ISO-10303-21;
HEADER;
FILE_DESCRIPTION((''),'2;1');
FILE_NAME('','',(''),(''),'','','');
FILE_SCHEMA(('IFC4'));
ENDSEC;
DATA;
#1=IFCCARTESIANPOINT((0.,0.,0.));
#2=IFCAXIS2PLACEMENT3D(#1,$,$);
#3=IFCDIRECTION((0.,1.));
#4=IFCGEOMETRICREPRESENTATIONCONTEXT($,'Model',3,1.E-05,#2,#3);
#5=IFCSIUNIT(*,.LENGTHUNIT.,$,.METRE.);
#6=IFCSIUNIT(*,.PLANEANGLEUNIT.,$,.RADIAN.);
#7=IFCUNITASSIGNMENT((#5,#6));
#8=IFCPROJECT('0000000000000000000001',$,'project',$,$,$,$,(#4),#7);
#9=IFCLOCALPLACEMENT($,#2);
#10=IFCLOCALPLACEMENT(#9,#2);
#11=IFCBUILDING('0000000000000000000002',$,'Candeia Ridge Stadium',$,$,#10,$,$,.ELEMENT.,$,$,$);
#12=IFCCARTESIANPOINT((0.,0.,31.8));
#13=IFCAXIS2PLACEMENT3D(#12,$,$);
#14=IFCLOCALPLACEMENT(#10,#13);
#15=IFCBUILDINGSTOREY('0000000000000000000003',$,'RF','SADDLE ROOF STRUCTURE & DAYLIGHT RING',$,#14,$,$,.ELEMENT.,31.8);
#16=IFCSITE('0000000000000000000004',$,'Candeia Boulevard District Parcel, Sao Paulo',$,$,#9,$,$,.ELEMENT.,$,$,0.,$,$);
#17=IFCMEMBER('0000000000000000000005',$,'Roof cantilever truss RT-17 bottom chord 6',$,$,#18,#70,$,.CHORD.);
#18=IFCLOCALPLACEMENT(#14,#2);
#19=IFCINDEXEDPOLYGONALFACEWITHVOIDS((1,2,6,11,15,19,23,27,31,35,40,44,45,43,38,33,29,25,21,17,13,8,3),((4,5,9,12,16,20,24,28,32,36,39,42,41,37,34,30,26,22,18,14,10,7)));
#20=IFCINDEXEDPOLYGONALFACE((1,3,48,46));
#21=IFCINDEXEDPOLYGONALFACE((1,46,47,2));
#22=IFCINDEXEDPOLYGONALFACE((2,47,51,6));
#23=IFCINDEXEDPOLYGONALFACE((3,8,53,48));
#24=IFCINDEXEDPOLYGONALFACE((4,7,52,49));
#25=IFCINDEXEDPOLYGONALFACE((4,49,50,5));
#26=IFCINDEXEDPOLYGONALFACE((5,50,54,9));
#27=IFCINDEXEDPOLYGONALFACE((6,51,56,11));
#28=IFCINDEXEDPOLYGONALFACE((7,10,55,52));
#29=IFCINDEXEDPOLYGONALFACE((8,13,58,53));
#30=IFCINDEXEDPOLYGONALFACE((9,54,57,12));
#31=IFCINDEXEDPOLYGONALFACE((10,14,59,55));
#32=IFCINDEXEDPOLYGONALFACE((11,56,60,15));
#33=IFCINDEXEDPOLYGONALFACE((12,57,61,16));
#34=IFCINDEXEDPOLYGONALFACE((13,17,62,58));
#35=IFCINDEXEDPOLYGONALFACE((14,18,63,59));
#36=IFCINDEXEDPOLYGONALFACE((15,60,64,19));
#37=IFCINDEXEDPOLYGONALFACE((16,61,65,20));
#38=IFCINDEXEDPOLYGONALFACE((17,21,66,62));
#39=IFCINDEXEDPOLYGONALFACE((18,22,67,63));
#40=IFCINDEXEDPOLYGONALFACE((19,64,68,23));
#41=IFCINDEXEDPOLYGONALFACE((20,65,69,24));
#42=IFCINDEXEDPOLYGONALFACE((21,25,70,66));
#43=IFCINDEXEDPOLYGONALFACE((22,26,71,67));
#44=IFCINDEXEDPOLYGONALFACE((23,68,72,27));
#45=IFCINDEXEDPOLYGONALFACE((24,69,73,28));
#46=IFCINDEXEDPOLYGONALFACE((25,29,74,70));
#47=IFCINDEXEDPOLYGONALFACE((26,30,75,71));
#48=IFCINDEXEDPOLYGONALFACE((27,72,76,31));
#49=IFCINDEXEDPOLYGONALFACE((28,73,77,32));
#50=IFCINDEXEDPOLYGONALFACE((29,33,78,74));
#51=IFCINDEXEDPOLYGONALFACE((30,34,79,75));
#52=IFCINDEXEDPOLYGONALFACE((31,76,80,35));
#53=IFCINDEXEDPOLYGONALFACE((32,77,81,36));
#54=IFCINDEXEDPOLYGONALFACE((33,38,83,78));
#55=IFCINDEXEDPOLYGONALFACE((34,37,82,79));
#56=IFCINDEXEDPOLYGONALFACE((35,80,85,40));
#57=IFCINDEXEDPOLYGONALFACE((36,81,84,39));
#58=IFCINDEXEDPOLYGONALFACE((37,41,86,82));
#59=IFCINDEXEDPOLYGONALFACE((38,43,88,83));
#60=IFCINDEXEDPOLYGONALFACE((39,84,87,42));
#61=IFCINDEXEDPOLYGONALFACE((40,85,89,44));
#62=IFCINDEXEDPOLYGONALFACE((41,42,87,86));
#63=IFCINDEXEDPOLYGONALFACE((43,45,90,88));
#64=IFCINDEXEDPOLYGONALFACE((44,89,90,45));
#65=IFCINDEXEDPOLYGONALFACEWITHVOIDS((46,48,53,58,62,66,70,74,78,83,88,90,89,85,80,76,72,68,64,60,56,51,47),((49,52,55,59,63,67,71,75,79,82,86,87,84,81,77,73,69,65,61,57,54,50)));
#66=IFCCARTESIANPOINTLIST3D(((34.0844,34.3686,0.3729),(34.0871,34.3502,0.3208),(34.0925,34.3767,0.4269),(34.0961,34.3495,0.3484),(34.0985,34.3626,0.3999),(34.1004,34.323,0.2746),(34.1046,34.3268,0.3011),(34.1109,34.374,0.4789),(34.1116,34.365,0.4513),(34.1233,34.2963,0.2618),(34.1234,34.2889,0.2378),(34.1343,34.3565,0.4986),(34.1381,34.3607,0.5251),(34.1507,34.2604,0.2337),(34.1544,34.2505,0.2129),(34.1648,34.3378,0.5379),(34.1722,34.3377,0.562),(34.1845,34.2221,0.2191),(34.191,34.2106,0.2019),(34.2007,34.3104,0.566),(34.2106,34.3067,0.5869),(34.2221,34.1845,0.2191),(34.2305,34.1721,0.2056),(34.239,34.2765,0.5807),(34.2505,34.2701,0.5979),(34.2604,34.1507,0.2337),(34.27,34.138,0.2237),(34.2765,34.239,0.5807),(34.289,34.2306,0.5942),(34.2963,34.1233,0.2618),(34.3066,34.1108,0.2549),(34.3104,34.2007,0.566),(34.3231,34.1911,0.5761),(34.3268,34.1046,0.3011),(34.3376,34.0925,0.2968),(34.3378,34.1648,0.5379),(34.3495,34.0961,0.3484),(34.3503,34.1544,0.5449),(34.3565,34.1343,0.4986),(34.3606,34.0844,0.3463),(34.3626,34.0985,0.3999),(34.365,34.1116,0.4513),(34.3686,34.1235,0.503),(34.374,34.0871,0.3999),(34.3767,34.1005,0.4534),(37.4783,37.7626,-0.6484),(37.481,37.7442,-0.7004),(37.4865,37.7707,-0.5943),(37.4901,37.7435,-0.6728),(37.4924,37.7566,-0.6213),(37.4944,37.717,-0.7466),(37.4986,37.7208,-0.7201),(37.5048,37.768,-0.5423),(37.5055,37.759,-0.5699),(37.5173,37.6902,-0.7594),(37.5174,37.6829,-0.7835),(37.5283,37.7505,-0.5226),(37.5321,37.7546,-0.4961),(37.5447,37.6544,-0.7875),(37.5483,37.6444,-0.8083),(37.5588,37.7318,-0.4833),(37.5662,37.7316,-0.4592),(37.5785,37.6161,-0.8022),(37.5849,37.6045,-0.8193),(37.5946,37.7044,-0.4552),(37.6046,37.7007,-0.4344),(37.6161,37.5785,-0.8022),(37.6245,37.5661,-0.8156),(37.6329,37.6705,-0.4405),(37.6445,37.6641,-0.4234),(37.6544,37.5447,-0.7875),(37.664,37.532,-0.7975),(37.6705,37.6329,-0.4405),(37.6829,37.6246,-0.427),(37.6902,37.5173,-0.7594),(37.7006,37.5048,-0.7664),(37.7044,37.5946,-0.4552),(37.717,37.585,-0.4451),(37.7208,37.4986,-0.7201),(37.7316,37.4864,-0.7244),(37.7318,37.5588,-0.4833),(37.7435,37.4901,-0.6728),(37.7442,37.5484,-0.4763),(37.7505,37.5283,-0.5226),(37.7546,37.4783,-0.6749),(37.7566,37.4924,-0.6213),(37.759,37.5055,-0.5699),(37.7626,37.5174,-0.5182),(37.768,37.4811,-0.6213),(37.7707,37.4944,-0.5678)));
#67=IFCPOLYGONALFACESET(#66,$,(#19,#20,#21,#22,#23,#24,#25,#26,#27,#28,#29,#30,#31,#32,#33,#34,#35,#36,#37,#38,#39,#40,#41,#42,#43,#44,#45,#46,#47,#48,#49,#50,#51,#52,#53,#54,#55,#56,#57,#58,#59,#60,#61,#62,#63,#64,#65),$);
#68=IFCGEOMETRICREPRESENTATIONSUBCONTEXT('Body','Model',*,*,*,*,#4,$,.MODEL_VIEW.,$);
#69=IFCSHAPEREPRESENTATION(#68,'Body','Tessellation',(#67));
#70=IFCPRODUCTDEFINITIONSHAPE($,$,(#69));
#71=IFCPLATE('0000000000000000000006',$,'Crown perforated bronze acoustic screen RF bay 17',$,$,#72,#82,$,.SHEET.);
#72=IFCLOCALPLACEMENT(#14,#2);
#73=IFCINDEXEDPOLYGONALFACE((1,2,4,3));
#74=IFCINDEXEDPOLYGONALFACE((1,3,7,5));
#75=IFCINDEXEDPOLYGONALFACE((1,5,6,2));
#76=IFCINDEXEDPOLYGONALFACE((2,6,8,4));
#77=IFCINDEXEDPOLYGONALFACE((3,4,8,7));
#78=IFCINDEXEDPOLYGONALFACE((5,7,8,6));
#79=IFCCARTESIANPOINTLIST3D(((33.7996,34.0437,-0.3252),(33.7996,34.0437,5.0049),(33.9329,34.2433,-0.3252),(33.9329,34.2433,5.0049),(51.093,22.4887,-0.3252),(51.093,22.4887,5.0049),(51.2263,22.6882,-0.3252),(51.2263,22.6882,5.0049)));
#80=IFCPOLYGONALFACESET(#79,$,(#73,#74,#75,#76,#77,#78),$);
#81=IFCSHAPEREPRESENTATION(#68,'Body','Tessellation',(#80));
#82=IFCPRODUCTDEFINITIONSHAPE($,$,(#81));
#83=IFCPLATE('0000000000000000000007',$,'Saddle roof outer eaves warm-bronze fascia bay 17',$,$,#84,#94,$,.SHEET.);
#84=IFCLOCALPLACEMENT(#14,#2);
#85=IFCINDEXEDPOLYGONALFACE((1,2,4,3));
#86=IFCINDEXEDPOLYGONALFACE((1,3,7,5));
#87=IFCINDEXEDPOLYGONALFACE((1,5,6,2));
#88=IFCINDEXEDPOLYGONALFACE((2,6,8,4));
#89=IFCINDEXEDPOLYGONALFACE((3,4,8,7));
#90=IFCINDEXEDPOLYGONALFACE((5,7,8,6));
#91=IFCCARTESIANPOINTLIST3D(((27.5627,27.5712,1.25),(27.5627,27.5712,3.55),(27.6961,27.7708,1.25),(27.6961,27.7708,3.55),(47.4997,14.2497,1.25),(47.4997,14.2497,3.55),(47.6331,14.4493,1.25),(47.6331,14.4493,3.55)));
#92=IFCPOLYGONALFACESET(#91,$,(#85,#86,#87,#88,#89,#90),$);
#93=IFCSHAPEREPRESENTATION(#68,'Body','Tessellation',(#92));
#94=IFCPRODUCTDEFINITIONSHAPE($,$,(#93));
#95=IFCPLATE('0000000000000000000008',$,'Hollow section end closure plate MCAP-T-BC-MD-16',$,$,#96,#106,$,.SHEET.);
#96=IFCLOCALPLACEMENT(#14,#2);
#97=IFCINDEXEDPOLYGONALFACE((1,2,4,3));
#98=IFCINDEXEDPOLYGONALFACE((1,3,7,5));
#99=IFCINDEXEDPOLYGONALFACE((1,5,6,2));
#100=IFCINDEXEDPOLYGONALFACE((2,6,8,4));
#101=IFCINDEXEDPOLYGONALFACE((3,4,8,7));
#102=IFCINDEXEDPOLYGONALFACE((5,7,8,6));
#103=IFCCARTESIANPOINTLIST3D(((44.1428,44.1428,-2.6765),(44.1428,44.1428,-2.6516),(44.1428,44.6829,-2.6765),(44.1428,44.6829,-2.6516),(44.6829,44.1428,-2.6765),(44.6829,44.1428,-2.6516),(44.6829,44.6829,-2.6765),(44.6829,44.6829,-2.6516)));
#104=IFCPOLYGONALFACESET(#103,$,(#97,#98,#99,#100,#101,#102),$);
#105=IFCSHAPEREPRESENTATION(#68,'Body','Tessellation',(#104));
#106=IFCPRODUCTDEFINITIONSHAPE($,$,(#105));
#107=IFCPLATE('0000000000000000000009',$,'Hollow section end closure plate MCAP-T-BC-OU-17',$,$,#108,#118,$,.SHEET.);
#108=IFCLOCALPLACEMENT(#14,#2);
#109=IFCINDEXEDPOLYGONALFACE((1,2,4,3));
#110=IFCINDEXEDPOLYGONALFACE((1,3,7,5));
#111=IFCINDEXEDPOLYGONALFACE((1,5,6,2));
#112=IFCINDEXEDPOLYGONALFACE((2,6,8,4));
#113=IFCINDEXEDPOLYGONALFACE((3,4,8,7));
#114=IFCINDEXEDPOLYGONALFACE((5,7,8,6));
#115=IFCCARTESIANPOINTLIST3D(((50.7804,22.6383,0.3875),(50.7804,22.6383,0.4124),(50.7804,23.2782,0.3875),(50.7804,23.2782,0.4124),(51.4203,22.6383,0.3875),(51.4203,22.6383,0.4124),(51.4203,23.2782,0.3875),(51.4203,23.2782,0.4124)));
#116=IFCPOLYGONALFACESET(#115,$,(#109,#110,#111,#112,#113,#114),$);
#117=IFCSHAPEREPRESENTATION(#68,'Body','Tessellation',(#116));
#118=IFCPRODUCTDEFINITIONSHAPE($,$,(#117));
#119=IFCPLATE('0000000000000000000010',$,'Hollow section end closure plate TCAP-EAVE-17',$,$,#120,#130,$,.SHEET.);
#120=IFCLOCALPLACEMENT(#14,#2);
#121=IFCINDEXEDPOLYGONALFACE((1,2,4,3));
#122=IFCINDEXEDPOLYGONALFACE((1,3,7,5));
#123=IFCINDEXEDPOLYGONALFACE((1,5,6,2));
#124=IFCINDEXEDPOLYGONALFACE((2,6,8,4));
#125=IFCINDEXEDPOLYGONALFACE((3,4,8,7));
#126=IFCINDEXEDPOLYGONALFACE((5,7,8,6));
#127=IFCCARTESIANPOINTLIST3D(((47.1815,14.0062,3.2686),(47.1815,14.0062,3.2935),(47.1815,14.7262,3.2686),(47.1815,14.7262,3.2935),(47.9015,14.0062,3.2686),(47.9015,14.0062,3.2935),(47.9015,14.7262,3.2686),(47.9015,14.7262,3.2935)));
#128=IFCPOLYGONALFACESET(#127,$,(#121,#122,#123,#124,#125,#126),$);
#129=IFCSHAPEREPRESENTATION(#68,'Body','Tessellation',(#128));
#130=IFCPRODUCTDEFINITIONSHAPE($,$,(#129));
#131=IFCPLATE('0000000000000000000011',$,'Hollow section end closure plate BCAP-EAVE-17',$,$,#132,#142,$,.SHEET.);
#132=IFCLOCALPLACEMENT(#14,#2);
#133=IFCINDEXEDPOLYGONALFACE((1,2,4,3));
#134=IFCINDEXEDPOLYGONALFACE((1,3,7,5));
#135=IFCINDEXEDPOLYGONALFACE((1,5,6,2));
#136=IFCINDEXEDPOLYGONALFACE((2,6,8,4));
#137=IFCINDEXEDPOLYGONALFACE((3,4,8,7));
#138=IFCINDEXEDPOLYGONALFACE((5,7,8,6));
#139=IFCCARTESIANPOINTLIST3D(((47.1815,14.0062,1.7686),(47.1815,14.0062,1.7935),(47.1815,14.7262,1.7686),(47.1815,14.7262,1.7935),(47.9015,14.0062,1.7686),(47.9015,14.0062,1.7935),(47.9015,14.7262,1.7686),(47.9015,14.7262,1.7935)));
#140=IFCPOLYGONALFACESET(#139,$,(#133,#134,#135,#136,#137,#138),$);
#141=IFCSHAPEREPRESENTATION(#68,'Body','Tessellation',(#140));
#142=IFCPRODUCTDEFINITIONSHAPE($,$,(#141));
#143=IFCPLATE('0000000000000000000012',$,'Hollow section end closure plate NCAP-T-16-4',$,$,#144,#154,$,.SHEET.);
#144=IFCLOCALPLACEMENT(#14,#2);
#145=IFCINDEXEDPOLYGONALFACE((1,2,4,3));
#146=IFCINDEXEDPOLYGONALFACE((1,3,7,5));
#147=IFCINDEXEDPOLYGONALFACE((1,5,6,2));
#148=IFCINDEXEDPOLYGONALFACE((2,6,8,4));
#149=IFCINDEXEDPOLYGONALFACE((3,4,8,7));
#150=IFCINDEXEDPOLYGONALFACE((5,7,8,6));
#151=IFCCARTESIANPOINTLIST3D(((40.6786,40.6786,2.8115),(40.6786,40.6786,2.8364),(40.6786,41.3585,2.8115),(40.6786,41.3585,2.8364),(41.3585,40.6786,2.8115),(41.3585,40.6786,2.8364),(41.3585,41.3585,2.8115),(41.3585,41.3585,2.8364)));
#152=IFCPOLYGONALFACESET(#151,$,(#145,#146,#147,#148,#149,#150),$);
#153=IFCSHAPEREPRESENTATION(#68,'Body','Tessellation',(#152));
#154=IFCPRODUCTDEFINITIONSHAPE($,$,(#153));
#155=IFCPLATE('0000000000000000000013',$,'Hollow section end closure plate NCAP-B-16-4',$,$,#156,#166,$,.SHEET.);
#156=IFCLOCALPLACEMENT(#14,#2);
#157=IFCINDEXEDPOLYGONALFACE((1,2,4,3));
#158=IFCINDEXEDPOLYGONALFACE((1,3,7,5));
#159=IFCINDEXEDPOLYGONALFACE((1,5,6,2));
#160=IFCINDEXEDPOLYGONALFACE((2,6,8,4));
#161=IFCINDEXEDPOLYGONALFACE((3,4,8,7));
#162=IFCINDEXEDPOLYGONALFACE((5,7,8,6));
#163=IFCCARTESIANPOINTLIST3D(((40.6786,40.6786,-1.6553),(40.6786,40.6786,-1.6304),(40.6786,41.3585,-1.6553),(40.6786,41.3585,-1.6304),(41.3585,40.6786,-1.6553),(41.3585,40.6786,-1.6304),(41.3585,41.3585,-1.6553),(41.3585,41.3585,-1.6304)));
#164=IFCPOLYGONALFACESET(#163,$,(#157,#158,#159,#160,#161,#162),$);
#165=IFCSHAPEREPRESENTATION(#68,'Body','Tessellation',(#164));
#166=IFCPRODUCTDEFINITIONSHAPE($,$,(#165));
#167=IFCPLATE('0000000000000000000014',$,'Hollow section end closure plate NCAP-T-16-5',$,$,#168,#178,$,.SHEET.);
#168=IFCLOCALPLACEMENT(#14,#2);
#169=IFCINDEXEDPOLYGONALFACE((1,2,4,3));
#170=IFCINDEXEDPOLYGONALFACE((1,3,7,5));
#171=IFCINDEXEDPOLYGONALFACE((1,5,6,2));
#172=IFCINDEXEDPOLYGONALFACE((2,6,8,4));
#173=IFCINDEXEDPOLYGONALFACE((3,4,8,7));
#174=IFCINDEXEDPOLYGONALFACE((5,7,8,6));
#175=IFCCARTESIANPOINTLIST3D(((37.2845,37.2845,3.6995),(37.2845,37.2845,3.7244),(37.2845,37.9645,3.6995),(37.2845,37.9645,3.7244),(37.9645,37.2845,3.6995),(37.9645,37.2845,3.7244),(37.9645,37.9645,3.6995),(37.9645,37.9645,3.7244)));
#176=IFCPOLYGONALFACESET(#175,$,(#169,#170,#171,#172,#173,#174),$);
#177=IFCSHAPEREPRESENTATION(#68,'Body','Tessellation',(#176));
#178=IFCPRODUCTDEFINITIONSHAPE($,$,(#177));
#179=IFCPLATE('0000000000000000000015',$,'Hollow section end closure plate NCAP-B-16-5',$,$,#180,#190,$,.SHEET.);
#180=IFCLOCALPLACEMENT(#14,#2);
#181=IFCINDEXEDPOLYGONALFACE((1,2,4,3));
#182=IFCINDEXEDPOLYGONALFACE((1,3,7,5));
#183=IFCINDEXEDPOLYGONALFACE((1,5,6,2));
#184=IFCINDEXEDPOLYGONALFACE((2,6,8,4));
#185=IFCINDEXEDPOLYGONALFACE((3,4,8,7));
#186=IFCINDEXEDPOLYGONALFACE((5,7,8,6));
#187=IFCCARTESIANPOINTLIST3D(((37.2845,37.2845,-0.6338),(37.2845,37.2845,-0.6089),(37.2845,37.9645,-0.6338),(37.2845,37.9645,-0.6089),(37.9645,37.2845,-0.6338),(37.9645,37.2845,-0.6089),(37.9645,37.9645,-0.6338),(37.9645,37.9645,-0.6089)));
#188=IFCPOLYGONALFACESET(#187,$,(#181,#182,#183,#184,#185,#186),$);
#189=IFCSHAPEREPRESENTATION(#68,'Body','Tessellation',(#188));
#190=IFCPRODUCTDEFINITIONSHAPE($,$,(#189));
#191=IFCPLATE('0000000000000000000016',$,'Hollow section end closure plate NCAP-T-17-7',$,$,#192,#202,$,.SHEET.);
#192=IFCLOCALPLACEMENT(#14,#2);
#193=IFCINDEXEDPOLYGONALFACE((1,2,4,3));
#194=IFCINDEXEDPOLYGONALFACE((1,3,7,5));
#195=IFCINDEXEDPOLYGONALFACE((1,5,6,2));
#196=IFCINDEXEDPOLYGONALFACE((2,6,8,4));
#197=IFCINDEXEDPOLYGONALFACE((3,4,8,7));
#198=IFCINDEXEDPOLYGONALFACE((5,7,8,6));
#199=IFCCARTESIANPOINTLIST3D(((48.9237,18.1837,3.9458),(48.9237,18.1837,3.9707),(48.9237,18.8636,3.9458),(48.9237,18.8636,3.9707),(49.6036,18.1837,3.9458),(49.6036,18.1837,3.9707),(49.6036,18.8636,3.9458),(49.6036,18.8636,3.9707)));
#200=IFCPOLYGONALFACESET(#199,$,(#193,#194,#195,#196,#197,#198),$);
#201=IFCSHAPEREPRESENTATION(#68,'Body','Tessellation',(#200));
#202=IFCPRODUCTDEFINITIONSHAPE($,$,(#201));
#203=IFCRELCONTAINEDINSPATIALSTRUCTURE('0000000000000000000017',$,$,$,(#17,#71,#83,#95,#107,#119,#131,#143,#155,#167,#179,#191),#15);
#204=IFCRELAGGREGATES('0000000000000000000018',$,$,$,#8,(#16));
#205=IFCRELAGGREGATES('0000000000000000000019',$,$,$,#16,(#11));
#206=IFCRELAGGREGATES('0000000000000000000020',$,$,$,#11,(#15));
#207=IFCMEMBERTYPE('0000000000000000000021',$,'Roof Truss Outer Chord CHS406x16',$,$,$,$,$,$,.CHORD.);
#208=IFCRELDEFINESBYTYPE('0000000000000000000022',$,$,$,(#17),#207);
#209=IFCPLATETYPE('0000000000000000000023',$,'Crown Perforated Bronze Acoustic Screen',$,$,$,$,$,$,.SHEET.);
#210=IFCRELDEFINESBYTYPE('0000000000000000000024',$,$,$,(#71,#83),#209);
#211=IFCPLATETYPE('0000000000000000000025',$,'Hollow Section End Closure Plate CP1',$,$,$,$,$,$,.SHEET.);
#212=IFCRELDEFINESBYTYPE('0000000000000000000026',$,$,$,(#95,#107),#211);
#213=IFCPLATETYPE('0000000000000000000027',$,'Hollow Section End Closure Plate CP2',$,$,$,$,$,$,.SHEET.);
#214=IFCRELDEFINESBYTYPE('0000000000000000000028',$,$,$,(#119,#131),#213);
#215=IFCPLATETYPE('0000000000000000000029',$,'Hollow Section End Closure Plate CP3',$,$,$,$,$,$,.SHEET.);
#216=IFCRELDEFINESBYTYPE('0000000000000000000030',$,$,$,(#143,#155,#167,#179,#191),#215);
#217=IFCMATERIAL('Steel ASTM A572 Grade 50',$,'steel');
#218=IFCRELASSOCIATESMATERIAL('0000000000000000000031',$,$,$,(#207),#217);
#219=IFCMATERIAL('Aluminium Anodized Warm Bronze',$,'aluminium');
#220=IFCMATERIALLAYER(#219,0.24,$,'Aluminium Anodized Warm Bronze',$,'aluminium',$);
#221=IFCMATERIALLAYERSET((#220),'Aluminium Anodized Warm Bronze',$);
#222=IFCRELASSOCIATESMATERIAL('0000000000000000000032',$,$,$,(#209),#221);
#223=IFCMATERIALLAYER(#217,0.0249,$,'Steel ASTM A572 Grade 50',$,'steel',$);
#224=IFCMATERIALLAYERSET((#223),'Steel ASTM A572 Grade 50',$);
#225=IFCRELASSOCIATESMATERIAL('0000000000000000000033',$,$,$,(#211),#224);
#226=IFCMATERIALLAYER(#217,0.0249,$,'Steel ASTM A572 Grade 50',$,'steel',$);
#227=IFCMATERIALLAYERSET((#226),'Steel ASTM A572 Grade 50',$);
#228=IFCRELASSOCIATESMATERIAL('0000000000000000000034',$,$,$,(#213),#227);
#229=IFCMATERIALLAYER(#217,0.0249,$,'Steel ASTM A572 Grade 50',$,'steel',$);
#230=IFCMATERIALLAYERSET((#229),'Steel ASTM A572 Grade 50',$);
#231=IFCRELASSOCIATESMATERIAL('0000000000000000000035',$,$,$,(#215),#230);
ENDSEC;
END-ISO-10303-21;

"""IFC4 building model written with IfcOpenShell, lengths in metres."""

from ifc_helpers import new_model, si_unit, direction, frame, origin, origin_2d, place, context, subcontext, project, spatial, rectangle, hollow_circle, extrude, material, layer, layer_set, material_profile, profile_set, type_object, element, save


model = new_model("IFC4")

# Units and contexts
model_context = context("Model", 3, precision=1e-05, world=origin(), true_north=direction((0.0, 1.0)))
body_context = subcontext(model_context, "Body", "Model", "MODEL_VIEW")
ifc_project = project(units=[si_unit("LENGTHUNIT", "METRE"), si_unit("PLANEANGLEUNIT", "RADIAN")], contexts=[model_context])

# Site, building, storey
site_placement = place(None, origin())
site = spatial("IfcSite", under=ifc_project, at=site_placement, Name="Candeia Boulevard District Parcel, Sao Paulo", CompositionType="ELEMENT", RefElevation=0.0)
building_placement = place(site_placement, origin())
building = spatial("IfcBuilding", under=site, at=building_placement, Name="Candeia Ridge Stadium", CompositionType="ELEMENT")
storey_placement = place(building_placement, frame((0.0, 0.0, 31.8)))
storey = spatial("IfcBuildingStorey", under=building, at=storey_placement, Name="RF", Description="SADDLE ROOF STRUCTURE & DAYLIGHT RING", CompositionType="ELEMENT", Elevation=31.8)

# Shared definitions
ifc_material_1 = material(Name="Steel ASTM A572 Grade 50", Category="steel")

# Member
ifc_material_profile_1 = material_profile(ifc_material_1, hollow_circle(Radius=0.2029, WallThickness=0.0161, at=origin_2d()), Name="CHS406x16", Category="steel")
ifc_profile_set_1 = profile_set([ifc_material_profile_1], Name="Steel ASTM A572 Grade 50")
member_type_1 = type_object("IfcMemberType", Name="Roof Truss Outer Chord CHS406x16", PredefinedType="CHORD", material=ifc_profile_set_1)
member_1_placement = place(storey_placement, frame((37.6245, 37.6245, -0.6213), z_axis=(-0.691626, -0.691626, 0.208105), x_axis=(0.707107, -0.707107, 0.0)))
element("IfcMember", 1, at=member_1_placement, inside=storey, type_object=member_type_1, Name="Roof cantilever truss RT-17 bottom chord 6", PredefinedType="CHORD", context=body_context, shape_type="SweptSolid", body=[
    extrude(hollow_circle(Radius=0.2029, WallThickness=0.0161, at=origin_2d()), origin(), (0.0, 0.0, 1.0), 4.9072),
])

# Plates
ifc_material_2 = material(Name="Aluminium Anodized Warm Bronze", Category="aluminium")
ifc_layer_1 = layer(ifc_material_2, 0.24, Name="Aluminium Anodized Warm Bronze", Category="aluminium")
ifc_layer_set_1 = layer_set([ifc_layer_1], Name="Aluminium Anodized Warm Bronze")
plate_type_1 = type_object("IfcPlateType", Name="Crown Perforated Bronze Acoustic Screen", PredefinedType="SHEET", material=ifc_layer_set_1)
plate_1_placement = place(storey_placement, frame((42.5129, 28.366, -0.3252), z_axis=(0.0, 0.0, 1.0), x_axis=(0.83147, -0.55557, 0.0)))
element("IfcPlate", 2, at=plate_1_placement, inside=storey, type_object=plate_type_1, Name="Crown perforated bronze acoustic screen RF bay 17", PredefinedType="SHEET", context=body_context, shape_type="SweptSolid", body=[
    extrude(rectangle(XDim=20.7986, YDim=0.24, at=origin_2d()), origin(), (0.0, 0.0, 1.0), 5.3301),
])
plate_2_placement = place(storey_placement, frame((37.5979, 21.0103, 1.25), z_axis=(0.0, 0.0, 1.0), x_axis=(0.83147, -0.55557, 0.0)))
element("IfcPlate", 3, at=plate_2_placement, inside=storey, type_object=plate_type_1, Name="Saddle roof outer eaves warm-bronze fascia bay 17", PredefinedType="SHEET", context=body_context, shape_type="SweptSolid", body=[
    extrude(rectangle(XDim=23.978, YDim=0.24, at=origin_2d()), origin(), (0.0, 0.0, 1.0), 2.3),
])
ifc_layer_2 = layer(ifc_material_1, 0.0249, Name="Steel ASTM A572 Grade 50", Category="steel")
ifc_layer_set_2 = layer_set([ifc_layer_2], Name="Steel ASTM A572 Grade 50")
plate_type_2 = type_object("IfcPlateType", Name="Hollow Section End Closure Plate CP1", PredefinedType="SHEET", material=ifc_layer_set_2)
plate_3_placement = place(storey_placement, frame((44.4128, 44.4128, -2.6765), z_axis=(0.0, 0.0, 1.0), x_axis=(1.0, 0.0, 0.0)))
element("IfcPlate", 4, at=plate_3_placement, inside=storey, type_object=plate_type_2, Name="Hollow section end closure plate MCAP-T-BC-MD-16", PredefinedType="SHEET", context=body_context, shape_type="SweptSolid", body=[
    extrude(rectangle(XDim=0.54, YDim=0.54, at=origin_2d()), origin(), (0.0, 0.0, 1.0), 0.0249),
])
plate_4_placement = place(storey_placement, frame((51.1003, 22.9583, 0.3875), z_axis=(0.0, 0.0, 1.0), x_axis=(1.0, 0.0, 0.0)))
element("IfcPlate", 5, at=plate_4_placement, inside=storey, type_object=plate_type_2, Name="Hollow section end closure plate MCAP-T-BC-OU-17", PredefinedType="SHEET", context=body_context, shape_type="SweptSolid", body=[
    extrude(rectangle(XDim=0.6399, YDim=0.6399, at=origin_2d()), origin(), (0.0, 0.0, 1.0), 0.0249),
])
ifc_layer_3 = layer(ifc_material_1, 0.0249, Name="Steel ASTM A572 Grade 50", Category="steel")
ifc_layer_set_3 = layer_set([ifc_layer_3], Name="Steel ASTM A572 Grade 50")
plate_type_3 = type_object("IfcPlateType", Name="Hollow Section End Closure Plate CP2", PredefinedType="SHEET", material=ifc_layer_set_3)
for number, where, z_axis, x_axis, name in (
    (6, (47.5415, 14.3662, 3.2686), (0.0, 0.0, 1.0), (1.0, 0.0, 0.0), "Hollow section end closure plate TCAP-EAVE-17"),
    (7, (47.5415, 14.3662, 1.7686), (0.0, 0.0, 1.0), (1.0, 0.0, 0.0), "Hollow section end closure plate BCAP-EAVE-17"),
):
    element("IfcPlate", number, at=place(storey_placement, frame(where, z_axis=z_axis, x_axis=x_axis)), inside=storey, type_object=plate_type_3, Name=name, PredefinedType="SHEET", context=body_context, shape_type="SweptSolid", body=[
        extrude(rectangle(XDim=0.72, YDim=0.72, at=origin_2d()), origin(), (0.0, 0.0, 1.0), 0.0249),
    ])
ifc_layer_4 = layer(ifc_material_1, 0.0249, Name="Steel ASTM A572 Grade 50", Category="steel")
ifc_layer_set_4 = layer_set([ifc_layer_4], Name="Steel ASTM A572 Grade 50")
plate_type_4 = type_object("IfcPlateType", Name="Hollow Section End Closure Plate CP3", PredefinedType="SHEET", material=ifc_layer_set_4)
for number, where, z_axis, x_axis, name in (
    (8, (41.0186, 41.0186, 2.8115), (0.0, 0.0, 1.0), (1.0, 0.0, 0.0), "Hollow section end closure plate NCAP-T-16-4"),
    (9, (41.0186, 41.0186, -1.6553), (0.0, 0.0, 1.0), (1.0, 0.0, 0.0), "Hollow section end closure plate NCAP-B-16-4"),
    (10, (37.6245, 37.6245, 3.6995), (0.0, 0.0, 1.0), (1.0, 0.0, 0.0), "Hollow section end closure plate NCAP-T-16-5"),
    (11, (37.6245, 37.6245, -0.6338), (0.0, 0.0, 1.0), (1.0, 0.0, 0.0), "Hollow section end closure plate NCAP-B-16-5"),
    (12, (49.2637, 18.5237, 3.9458), (0.0, 0.0, 1.0), (1.0, 0.0, 0.0), "Hollow section end closure plate NCAP-T-17-7"),
):
    element("IfcPlate", number, at=place(storey_placement, frame(where, z_axis=z_axis, x_axis=x_axis)), inside=storey, type_object=plate_type_4, Name=name, PredefinedType="SHEET", context=body_context, shape_type="SweptSolid", body=[
        extrude(rectangle(XDim=0.6799, YDim=0.6799, at=origin_2d()), origin(), (0.0, 0.0, 1.0), 0.0249),
    ])

save(model, "model.ifc")
